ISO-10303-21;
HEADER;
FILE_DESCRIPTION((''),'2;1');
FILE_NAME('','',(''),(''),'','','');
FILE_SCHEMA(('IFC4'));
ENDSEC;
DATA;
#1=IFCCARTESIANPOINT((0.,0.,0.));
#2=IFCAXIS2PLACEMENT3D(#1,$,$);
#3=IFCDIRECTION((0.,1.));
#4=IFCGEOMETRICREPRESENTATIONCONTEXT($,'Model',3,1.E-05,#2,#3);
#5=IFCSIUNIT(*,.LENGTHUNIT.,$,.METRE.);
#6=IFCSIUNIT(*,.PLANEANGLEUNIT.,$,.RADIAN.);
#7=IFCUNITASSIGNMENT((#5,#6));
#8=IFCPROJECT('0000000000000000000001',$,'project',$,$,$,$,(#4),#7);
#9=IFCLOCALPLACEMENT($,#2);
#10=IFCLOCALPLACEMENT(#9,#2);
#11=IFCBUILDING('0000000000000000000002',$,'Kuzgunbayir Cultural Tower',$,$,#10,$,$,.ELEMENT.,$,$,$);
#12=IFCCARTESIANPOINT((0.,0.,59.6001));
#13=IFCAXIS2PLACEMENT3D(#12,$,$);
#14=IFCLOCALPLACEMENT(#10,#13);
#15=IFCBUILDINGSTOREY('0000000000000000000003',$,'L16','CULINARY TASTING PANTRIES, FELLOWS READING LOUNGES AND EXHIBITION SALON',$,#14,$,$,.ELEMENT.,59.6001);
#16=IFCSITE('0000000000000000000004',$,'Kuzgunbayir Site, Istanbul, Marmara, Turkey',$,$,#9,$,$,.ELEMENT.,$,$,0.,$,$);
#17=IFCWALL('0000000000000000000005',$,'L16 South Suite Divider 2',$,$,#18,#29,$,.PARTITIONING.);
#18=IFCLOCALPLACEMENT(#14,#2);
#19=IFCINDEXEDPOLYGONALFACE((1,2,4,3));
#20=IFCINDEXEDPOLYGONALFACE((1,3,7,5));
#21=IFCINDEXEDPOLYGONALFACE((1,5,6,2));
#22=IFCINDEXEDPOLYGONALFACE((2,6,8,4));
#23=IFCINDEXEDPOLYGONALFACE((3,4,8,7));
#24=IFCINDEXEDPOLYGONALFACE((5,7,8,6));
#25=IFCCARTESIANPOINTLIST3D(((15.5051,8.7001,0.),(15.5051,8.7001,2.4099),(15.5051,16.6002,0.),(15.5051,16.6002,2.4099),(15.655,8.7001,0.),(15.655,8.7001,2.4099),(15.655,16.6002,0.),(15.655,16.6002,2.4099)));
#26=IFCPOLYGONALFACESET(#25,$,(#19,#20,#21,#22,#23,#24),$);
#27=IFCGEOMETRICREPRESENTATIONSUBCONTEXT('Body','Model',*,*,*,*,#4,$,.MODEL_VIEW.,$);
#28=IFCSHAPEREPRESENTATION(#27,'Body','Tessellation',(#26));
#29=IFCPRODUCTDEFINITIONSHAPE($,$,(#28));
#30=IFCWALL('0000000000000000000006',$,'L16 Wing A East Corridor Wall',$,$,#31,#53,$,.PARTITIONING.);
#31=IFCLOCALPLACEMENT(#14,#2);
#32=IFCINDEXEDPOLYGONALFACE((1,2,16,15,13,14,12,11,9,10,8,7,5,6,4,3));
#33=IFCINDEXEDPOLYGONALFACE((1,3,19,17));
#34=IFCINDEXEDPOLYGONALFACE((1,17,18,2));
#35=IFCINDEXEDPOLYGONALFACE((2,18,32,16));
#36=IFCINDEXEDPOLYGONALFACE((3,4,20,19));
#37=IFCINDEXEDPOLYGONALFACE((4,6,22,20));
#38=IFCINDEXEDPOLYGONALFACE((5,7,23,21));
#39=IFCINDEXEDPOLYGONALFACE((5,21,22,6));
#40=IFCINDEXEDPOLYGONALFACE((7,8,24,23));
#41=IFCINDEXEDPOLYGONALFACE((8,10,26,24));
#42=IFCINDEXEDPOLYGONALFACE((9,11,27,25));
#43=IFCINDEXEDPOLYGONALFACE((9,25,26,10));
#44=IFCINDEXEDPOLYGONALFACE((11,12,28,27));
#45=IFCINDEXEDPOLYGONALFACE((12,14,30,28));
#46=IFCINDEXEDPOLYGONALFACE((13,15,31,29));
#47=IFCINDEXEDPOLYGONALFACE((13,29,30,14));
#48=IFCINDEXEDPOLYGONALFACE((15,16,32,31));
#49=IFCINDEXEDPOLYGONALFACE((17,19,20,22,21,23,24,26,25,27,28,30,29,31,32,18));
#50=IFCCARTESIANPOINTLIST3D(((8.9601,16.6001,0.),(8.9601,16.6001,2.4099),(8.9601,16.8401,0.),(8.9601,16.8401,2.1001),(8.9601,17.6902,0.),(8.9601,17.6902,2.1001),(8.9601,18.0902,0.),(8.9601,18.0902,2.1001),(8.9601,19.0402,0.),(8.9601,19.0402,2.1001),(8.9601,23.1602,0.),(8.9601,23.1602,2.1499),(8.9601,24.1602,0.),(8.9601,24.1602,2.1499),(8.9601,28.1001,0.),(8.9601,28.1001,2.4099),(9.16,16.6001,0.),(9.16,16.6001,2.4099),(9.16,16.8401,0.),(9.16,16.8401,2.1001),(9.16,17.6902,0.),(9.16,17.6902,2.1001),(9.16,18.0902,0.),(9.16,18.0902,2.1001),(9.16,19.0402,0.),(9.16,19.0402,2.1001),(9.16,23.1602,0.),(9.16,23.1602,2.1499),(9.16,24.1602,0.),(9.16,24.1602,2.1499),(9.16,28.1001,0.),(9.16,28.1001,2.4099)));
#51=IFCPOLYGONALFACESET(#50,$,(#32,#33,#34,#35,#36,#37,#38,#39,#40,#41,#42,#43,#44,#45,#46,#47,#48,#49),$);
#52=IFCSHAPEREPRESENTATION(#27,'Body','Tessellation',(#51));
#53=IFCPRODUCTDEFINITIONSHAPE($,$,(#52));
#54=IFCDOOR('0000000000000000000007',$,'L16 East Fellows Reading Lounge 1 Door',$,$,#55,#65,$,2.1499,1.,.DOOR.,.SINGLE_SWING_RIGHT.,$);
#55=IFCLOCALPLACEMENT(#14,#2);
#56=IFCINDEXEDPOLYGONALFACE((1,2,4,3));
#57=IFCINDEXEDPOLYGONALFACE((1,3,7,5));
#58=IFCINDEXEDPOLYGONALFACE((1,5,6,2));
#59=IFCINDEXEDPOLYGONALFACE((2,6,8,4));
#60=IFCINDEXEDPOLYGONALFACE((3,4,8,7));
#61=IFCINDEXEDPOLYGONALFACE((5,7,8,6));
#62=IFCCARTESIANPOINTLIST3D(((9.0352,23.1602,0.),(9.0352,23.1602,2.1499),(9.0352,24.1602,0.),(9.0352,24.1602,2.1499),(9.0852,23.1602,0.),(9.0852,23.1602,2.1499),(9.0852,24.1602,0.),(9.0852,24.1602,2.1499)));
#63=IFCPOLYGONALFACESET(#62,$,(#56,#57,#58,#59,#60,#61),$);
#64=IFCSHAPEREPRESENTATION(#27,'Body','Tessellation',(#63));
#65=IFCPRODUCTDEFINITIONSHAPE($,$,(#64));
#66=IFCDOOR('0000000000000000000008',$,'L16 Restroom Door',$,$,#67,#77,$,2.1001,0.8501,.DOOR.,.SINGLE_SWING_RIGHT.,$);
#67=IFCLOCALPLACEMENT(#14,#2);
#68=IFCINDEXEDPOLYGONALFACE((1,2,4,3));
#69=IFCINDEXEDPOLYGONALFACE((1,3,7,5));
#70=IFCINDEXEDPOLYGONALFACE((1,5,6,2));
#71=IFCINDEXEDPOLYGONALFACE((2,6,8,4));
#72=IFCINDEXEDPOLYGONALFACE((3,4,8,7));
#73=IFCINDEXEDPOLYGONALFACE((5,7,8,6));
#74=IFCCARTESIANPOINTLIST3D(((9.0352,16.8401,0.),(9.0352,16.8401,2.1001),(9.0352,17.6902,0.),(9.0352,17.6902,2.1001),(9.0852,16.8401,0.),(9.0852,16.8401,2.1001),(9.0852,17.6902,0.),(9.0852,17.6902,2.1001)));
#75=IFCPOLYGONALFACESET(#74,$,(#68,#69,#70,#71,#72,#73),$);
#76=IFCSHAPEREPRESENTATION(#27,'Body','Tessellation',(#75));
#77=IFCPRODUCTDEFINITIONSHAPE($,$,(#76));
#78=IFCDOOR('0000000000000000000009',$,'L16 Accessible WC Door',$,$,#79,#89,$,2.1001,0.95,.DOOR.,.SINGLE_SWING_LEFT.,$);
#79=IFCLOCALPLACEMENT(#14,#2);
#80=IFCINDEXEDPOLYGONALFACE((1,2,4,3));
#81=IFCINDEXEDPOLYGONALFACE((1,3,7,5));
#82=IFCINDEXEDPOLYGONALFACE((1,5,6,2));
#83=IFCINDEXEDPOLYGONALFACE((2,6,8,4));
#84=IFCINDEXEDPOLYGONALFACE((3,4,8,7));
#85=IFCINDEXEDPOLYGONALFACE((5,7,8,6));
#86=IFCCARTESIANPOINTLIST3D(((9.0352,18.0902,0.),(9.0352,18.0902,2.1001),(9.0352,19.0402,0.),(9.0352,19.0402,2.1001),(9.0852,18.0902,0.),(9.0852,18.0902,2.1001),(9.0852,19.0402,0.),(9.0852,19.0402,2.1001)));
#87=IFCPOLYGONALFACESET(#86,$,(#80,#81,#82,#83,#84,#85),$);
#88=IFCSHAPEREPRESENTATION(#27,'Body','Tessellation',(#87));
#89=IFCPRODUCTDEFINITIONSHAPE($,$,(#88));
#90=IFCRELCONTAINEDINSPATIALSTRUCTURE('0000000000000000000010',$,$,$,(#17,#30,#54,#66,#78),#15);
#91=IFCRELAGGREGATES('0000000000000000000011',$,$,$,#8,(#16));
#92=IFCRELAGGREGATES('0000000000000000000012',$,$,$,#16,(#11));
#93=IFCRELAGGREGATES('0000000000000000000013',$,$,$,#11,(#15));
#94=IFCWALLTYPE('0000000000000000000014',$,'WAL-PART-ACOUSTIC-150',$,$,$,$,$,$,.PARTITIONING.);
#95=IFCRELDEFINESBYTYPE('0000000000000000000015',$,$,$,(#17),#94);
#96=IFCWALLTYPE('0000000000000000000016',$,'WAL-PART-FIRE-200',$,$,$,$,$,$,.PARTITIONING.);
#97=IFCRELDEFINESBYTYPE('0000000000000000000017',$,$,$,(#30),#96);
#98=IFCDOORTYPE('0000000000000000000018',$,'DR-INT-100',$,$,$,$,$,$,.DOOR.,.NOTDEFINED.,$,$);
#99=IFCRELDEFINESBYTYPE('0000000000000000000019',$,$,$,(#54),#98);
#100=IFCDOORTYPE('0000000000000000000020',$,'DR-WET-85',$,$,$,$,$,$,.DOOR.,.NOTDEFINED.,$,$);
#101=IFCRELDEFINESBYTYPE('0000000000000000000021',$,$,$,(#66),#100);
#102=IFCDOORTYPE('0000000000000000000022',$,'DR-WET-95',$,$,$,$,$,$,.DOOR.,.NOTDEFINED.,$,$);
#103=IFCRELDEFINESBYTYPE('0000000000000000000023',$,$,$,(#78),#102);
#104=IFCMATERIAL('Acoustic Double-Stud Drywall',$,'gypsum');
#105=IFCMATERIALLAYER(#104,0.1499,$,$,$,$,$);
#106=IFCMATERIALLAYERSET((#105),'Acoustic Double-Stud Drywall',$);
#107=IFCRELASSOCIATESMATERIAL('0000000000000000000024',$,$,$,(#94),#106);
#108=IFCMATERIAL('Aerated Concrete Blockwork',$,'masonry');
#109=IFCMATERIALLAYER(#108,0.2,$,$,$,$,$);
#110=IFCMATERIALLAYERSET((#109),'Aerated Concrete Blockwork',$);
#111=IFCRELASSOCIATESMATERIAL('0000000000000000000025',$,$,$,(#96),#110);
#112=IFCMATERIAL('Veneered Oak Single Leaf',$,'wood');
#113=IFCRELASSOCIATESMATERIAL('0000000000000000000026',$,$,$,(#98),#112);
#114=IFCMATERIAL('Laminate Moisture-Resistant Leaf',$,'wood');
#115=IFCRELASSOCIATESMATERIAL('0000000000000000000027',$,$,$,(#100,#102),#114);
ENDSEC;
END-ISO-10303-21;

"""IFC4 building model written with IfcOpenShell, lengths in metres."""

from ifc_helpers import new_model, si_unit, direction, frame, frame_2d, origin, place, context, subcontext, project, spatial, rectangle, extrude, material, layer, layer_set, type_object, element, fill, save


model = new_model("IFC4")

# Units and contexts
model_context = context("Model", 3, precision=1e-05, world=origin(), true_north=direction((0.0, 1.0)))
body_context = subcontext(model_context, "Body", "Model", "MODEL_VIEW")
ifc_project = project(units=[si_unit("LENGTHUNIT", "METRE"), si_unit("PLANEANGLEUNIT", "RADIAN")], contexts=[model_context])

# Site, building, storey
site_placement = place(None, origin())
site = spatial("IfcSite", under=ifc_project, at=site_placement, Name="Kuzgunbayir Site, Istanbul, Marmara, Turkey", CompositionType="ELEMENT", RefElevation=0.0)
building_placement = place(site_placement, origin())
building = spatial("IfcBuilding", under=site, at=building_placement, Name="Kuzgunbayir Cultural Tower", CompositionType="ELEMENT")
storey_placement = place(building_placement, frame((0.0, 0.0, 59.6001)))
storey = spatial("IfcBuildingStorey", under=building, at=storey_placement, Name="L16", Description="CULINARY TASTING PANTRIES, FELLOWS READING LOUNGES AND EXHIBITION SALON", CompositionType="ELEMENT", Elevation=59.6001)

# Wall
ifc_material_1 = material(Name="Acoustic Double-Stud Drywall", Category="gypsum")
ifc_layer_1 = layer(ifc_material_1, 0.1499)
ifc_layer_set_1 = layer_set([ifc_layer_1], Name="Acoustic Double-Stud Drywall")
wall_type_1 = type_object("IfcWallType", Name="WAL-PART-ACOUSTIC-150", PredefinedType="PARTITIONING", material=ifc_layer_set_1)
for number, where, z_axis, x_axis, name in (
    (1, (15.5801, 8.7, 0.0), (0.0, 0.0, 1.0), (0.0, 1.0, 0.0), "L16 South Suite Divider 2"),
):
    element("IfcWall", number, at=place(storey_placement, frame(where, z_axis=z_axis, x_axis=x_axis)), inside=storey, type_object=wall_type_1, Name=name, PredefinedType="PARTITIONING", context=body_context, shape_type="SweptSolid", body=[
        extrude(rectangle(XDim=7.9001, YDim=0.1499, at=frame_2d((3.9502, 0.0))), origin(), (0.0, 0.0, 1.0), 2.4099),
    ])

# Wall, openings, doors
ifc_material_2 = material(Name="Aerated Concrete Blockwork", Category="masonry")
ifc_layer_2 = layer(ifc_material_2, 0.2)
ifc_layer_set_2 = layer_set([ifc_layer_2], Name="Aerated Concrete Blockwork")
wall_type_2 = type_object("IfcWallType", Name="WAL-PART-FIRE-200", PredefinedType="PARTITIONING", material=ifc_layer_set_2)
ifc_material_3 = material(Name="Veneered Oak Single Leaf", Category="wood")
wall_1_placement = place(storey_placement, frame((9.0601, 16.6001, 0.0), z_axis=(0.0, 0.0, 1.0), x_axis=(0.0, 1.0, 0.0)))
wall_1 = element("IfcWall", 2, at=wall_1_placement, inside=storey, type_object=wall_type_2, Name="L16 Wing A East Corridor Wall", PredefinedType="PARTITIONING", context=body_context, shape_type="SweptSolid", body=[
    extrude(rectangle(XDim=11.5, YDim=0.2, at=frame_2d((5.75, 0.0))), origin(), (0.0, 0.0, 1.0), 2.4099),
])
opening_1_placement = place(wall_1_placement, frame((0.24, 0.0, 0.0)))
opening_1 = element("IfcOpeningElement", 3, at=opening_1_placement, cuts=wall_1, PredefinedType="OPENING", context=body_context, shape_type="SweptSolid", body=[
    extrude(rectangle(XDim=0.8501, YDim=2.1001, at=frame_2d((0.425, 1.05))), frame((0.0, 0.1099, 0.0), z_axis=(0.0, -1.0, 0.0), x_axis=(1.0, 0.0, 0.0)), (0.0, 0.0, 1.0), 0.22),
])
opening_2_placement = place(wall_1_placement, frame((1.49, 0.0, 0.0)))
opening_2 = element("IfcOpeningElement", 4, at=opening_2_placement, cuts=wall_1, PredefinedType="OPENING", context=body_context, shape_type="SweptSolid", body=[
    extrude(rectangle(XDim=0.95, YDim=2.1001, at=frame_2d((0.4751, 1.05))), frame((0.0, 0.1099, 0.0), z_axis=(0.0, -1.0, 0.0), x_axis=(1.0, 0.0, 0.0)), (0.0, 0.0, 1.0), 0.22),
])
opening_3_placement = place(wall_1_placement, frame((6.5601, 0.0, 0.0)))
opening_3 = element("IfcOpeningElement", 5, at=opening_3_placement, cuts=wall_1, PredefinedType="OPENING", context=body_context, shape_type="SweptSolid", body=[
    extrude(rectangle(XDim=1.0, YDim=2.1499, at=frame_2d((0.5, 1.075))), frame((0.0, 0.1099, 0.0), z_axis=(0.0, -1.0, 0.0), x_axis=(1.0, 0.0, 0.0)), (0.0, 0.0, 1.0), 0.22),
])
door_type_1 = type_object("IfcDoorType", Name="DR-INT-100", OperationType="NOTDEFINED", PredefinedType="DOOR", material=ifc_material_3)
door_1_placement = place(opening_3_placement, origin())
door_1 = element("IfcDoor", 6, at=door_1_placement, inside=storey, type_object=door_type_1, Name="L16 East Fellows Reading Lounge 1 Door", OperationType="SINGLE_SWING_RIGHT", OverallHeight=2.1499, OverallWidth=1.0, PredefinedType="DOOR", context=body_context, shape_type="SweptSolid", body=[
    extrude(rectangle(XDim=1.0, YDim=2.1499, at=frame_2d((0.5, 1.075))), frame((0.0, 0.0249, 0.0), z_axis=(0.0, -1.0, 0.0), x_axis=(1.0, 0.0, 0.0)), (0.0, 0.0, 1.0), 0.05),
])
fill(opening_3, door_1)
ifc_material_4 = material(Name="Laminate Moisture-Resistant Leaf", Category="wood")
door_type_2 = type_object("IfcDoorType", Name="DR-WET-85", OperationType="NOTDEFINED", PredefinedType="DOOR", material=ifc_material_4)
door_2_placement = place(opening_1_placement, origin())
door_2 = element("IfcDoor", 7, at=door_2_placement, inside=storey, type_object=door_type_2, Name="L16 Restroom Door", OperationType="SINGLE_SWING_RIGHT", OverallHeight=2.1001, OverallWidth=0.8501, PredefinedType="DOOR", context=body_context, shape_type="SweptSolid", body=[
    extrude(rectangle(XDim=0.8501, YDim=2.1001, at=frame_2d((0.425, 1.05))), frame((0.0, 0.0249, 0.0), z_axis=(0.0, -1.0, 0.0), x_axis=(1.0, 0.0, 0.0)), (0.0, 0.0, 1.0), 0.05),
])
fill(opening_1, door_2)
door_type_3 = type_object("IfcDoorType", Name="DR-WET-95", OperationType="NOTDEFINED", PredefinedType="DOOR", material=ifc_material_4)
door_3_placement = place(opening_2_placement, origin())
door_3 = element("IfcDoor", 8, at=door_3_placement, inside=storey, type_object=door_type_3, Name="L16 Accessible WC Door", OperationType="SINGLE_SWING_LEFT", OverallHeight=2.1001, OverallWidth=0.95, PredefinedType="DOOR", context=body_context, shape_type="SweptSolid", body=[
    extrude(rectangle(XDim=0.95, YDim=2.1001, at=frame_2d((0.4751, 1.05))), frame((0.0, 0.0249, 0.0), z_axis=(0.0, -1.0, 0.0), x_axis=(1.0, 0.0, 0.0)), (0.0, 0.0, 1.0), 0.05),
])
fill(opening_2, door_3)

save(model, "model.ifc")
